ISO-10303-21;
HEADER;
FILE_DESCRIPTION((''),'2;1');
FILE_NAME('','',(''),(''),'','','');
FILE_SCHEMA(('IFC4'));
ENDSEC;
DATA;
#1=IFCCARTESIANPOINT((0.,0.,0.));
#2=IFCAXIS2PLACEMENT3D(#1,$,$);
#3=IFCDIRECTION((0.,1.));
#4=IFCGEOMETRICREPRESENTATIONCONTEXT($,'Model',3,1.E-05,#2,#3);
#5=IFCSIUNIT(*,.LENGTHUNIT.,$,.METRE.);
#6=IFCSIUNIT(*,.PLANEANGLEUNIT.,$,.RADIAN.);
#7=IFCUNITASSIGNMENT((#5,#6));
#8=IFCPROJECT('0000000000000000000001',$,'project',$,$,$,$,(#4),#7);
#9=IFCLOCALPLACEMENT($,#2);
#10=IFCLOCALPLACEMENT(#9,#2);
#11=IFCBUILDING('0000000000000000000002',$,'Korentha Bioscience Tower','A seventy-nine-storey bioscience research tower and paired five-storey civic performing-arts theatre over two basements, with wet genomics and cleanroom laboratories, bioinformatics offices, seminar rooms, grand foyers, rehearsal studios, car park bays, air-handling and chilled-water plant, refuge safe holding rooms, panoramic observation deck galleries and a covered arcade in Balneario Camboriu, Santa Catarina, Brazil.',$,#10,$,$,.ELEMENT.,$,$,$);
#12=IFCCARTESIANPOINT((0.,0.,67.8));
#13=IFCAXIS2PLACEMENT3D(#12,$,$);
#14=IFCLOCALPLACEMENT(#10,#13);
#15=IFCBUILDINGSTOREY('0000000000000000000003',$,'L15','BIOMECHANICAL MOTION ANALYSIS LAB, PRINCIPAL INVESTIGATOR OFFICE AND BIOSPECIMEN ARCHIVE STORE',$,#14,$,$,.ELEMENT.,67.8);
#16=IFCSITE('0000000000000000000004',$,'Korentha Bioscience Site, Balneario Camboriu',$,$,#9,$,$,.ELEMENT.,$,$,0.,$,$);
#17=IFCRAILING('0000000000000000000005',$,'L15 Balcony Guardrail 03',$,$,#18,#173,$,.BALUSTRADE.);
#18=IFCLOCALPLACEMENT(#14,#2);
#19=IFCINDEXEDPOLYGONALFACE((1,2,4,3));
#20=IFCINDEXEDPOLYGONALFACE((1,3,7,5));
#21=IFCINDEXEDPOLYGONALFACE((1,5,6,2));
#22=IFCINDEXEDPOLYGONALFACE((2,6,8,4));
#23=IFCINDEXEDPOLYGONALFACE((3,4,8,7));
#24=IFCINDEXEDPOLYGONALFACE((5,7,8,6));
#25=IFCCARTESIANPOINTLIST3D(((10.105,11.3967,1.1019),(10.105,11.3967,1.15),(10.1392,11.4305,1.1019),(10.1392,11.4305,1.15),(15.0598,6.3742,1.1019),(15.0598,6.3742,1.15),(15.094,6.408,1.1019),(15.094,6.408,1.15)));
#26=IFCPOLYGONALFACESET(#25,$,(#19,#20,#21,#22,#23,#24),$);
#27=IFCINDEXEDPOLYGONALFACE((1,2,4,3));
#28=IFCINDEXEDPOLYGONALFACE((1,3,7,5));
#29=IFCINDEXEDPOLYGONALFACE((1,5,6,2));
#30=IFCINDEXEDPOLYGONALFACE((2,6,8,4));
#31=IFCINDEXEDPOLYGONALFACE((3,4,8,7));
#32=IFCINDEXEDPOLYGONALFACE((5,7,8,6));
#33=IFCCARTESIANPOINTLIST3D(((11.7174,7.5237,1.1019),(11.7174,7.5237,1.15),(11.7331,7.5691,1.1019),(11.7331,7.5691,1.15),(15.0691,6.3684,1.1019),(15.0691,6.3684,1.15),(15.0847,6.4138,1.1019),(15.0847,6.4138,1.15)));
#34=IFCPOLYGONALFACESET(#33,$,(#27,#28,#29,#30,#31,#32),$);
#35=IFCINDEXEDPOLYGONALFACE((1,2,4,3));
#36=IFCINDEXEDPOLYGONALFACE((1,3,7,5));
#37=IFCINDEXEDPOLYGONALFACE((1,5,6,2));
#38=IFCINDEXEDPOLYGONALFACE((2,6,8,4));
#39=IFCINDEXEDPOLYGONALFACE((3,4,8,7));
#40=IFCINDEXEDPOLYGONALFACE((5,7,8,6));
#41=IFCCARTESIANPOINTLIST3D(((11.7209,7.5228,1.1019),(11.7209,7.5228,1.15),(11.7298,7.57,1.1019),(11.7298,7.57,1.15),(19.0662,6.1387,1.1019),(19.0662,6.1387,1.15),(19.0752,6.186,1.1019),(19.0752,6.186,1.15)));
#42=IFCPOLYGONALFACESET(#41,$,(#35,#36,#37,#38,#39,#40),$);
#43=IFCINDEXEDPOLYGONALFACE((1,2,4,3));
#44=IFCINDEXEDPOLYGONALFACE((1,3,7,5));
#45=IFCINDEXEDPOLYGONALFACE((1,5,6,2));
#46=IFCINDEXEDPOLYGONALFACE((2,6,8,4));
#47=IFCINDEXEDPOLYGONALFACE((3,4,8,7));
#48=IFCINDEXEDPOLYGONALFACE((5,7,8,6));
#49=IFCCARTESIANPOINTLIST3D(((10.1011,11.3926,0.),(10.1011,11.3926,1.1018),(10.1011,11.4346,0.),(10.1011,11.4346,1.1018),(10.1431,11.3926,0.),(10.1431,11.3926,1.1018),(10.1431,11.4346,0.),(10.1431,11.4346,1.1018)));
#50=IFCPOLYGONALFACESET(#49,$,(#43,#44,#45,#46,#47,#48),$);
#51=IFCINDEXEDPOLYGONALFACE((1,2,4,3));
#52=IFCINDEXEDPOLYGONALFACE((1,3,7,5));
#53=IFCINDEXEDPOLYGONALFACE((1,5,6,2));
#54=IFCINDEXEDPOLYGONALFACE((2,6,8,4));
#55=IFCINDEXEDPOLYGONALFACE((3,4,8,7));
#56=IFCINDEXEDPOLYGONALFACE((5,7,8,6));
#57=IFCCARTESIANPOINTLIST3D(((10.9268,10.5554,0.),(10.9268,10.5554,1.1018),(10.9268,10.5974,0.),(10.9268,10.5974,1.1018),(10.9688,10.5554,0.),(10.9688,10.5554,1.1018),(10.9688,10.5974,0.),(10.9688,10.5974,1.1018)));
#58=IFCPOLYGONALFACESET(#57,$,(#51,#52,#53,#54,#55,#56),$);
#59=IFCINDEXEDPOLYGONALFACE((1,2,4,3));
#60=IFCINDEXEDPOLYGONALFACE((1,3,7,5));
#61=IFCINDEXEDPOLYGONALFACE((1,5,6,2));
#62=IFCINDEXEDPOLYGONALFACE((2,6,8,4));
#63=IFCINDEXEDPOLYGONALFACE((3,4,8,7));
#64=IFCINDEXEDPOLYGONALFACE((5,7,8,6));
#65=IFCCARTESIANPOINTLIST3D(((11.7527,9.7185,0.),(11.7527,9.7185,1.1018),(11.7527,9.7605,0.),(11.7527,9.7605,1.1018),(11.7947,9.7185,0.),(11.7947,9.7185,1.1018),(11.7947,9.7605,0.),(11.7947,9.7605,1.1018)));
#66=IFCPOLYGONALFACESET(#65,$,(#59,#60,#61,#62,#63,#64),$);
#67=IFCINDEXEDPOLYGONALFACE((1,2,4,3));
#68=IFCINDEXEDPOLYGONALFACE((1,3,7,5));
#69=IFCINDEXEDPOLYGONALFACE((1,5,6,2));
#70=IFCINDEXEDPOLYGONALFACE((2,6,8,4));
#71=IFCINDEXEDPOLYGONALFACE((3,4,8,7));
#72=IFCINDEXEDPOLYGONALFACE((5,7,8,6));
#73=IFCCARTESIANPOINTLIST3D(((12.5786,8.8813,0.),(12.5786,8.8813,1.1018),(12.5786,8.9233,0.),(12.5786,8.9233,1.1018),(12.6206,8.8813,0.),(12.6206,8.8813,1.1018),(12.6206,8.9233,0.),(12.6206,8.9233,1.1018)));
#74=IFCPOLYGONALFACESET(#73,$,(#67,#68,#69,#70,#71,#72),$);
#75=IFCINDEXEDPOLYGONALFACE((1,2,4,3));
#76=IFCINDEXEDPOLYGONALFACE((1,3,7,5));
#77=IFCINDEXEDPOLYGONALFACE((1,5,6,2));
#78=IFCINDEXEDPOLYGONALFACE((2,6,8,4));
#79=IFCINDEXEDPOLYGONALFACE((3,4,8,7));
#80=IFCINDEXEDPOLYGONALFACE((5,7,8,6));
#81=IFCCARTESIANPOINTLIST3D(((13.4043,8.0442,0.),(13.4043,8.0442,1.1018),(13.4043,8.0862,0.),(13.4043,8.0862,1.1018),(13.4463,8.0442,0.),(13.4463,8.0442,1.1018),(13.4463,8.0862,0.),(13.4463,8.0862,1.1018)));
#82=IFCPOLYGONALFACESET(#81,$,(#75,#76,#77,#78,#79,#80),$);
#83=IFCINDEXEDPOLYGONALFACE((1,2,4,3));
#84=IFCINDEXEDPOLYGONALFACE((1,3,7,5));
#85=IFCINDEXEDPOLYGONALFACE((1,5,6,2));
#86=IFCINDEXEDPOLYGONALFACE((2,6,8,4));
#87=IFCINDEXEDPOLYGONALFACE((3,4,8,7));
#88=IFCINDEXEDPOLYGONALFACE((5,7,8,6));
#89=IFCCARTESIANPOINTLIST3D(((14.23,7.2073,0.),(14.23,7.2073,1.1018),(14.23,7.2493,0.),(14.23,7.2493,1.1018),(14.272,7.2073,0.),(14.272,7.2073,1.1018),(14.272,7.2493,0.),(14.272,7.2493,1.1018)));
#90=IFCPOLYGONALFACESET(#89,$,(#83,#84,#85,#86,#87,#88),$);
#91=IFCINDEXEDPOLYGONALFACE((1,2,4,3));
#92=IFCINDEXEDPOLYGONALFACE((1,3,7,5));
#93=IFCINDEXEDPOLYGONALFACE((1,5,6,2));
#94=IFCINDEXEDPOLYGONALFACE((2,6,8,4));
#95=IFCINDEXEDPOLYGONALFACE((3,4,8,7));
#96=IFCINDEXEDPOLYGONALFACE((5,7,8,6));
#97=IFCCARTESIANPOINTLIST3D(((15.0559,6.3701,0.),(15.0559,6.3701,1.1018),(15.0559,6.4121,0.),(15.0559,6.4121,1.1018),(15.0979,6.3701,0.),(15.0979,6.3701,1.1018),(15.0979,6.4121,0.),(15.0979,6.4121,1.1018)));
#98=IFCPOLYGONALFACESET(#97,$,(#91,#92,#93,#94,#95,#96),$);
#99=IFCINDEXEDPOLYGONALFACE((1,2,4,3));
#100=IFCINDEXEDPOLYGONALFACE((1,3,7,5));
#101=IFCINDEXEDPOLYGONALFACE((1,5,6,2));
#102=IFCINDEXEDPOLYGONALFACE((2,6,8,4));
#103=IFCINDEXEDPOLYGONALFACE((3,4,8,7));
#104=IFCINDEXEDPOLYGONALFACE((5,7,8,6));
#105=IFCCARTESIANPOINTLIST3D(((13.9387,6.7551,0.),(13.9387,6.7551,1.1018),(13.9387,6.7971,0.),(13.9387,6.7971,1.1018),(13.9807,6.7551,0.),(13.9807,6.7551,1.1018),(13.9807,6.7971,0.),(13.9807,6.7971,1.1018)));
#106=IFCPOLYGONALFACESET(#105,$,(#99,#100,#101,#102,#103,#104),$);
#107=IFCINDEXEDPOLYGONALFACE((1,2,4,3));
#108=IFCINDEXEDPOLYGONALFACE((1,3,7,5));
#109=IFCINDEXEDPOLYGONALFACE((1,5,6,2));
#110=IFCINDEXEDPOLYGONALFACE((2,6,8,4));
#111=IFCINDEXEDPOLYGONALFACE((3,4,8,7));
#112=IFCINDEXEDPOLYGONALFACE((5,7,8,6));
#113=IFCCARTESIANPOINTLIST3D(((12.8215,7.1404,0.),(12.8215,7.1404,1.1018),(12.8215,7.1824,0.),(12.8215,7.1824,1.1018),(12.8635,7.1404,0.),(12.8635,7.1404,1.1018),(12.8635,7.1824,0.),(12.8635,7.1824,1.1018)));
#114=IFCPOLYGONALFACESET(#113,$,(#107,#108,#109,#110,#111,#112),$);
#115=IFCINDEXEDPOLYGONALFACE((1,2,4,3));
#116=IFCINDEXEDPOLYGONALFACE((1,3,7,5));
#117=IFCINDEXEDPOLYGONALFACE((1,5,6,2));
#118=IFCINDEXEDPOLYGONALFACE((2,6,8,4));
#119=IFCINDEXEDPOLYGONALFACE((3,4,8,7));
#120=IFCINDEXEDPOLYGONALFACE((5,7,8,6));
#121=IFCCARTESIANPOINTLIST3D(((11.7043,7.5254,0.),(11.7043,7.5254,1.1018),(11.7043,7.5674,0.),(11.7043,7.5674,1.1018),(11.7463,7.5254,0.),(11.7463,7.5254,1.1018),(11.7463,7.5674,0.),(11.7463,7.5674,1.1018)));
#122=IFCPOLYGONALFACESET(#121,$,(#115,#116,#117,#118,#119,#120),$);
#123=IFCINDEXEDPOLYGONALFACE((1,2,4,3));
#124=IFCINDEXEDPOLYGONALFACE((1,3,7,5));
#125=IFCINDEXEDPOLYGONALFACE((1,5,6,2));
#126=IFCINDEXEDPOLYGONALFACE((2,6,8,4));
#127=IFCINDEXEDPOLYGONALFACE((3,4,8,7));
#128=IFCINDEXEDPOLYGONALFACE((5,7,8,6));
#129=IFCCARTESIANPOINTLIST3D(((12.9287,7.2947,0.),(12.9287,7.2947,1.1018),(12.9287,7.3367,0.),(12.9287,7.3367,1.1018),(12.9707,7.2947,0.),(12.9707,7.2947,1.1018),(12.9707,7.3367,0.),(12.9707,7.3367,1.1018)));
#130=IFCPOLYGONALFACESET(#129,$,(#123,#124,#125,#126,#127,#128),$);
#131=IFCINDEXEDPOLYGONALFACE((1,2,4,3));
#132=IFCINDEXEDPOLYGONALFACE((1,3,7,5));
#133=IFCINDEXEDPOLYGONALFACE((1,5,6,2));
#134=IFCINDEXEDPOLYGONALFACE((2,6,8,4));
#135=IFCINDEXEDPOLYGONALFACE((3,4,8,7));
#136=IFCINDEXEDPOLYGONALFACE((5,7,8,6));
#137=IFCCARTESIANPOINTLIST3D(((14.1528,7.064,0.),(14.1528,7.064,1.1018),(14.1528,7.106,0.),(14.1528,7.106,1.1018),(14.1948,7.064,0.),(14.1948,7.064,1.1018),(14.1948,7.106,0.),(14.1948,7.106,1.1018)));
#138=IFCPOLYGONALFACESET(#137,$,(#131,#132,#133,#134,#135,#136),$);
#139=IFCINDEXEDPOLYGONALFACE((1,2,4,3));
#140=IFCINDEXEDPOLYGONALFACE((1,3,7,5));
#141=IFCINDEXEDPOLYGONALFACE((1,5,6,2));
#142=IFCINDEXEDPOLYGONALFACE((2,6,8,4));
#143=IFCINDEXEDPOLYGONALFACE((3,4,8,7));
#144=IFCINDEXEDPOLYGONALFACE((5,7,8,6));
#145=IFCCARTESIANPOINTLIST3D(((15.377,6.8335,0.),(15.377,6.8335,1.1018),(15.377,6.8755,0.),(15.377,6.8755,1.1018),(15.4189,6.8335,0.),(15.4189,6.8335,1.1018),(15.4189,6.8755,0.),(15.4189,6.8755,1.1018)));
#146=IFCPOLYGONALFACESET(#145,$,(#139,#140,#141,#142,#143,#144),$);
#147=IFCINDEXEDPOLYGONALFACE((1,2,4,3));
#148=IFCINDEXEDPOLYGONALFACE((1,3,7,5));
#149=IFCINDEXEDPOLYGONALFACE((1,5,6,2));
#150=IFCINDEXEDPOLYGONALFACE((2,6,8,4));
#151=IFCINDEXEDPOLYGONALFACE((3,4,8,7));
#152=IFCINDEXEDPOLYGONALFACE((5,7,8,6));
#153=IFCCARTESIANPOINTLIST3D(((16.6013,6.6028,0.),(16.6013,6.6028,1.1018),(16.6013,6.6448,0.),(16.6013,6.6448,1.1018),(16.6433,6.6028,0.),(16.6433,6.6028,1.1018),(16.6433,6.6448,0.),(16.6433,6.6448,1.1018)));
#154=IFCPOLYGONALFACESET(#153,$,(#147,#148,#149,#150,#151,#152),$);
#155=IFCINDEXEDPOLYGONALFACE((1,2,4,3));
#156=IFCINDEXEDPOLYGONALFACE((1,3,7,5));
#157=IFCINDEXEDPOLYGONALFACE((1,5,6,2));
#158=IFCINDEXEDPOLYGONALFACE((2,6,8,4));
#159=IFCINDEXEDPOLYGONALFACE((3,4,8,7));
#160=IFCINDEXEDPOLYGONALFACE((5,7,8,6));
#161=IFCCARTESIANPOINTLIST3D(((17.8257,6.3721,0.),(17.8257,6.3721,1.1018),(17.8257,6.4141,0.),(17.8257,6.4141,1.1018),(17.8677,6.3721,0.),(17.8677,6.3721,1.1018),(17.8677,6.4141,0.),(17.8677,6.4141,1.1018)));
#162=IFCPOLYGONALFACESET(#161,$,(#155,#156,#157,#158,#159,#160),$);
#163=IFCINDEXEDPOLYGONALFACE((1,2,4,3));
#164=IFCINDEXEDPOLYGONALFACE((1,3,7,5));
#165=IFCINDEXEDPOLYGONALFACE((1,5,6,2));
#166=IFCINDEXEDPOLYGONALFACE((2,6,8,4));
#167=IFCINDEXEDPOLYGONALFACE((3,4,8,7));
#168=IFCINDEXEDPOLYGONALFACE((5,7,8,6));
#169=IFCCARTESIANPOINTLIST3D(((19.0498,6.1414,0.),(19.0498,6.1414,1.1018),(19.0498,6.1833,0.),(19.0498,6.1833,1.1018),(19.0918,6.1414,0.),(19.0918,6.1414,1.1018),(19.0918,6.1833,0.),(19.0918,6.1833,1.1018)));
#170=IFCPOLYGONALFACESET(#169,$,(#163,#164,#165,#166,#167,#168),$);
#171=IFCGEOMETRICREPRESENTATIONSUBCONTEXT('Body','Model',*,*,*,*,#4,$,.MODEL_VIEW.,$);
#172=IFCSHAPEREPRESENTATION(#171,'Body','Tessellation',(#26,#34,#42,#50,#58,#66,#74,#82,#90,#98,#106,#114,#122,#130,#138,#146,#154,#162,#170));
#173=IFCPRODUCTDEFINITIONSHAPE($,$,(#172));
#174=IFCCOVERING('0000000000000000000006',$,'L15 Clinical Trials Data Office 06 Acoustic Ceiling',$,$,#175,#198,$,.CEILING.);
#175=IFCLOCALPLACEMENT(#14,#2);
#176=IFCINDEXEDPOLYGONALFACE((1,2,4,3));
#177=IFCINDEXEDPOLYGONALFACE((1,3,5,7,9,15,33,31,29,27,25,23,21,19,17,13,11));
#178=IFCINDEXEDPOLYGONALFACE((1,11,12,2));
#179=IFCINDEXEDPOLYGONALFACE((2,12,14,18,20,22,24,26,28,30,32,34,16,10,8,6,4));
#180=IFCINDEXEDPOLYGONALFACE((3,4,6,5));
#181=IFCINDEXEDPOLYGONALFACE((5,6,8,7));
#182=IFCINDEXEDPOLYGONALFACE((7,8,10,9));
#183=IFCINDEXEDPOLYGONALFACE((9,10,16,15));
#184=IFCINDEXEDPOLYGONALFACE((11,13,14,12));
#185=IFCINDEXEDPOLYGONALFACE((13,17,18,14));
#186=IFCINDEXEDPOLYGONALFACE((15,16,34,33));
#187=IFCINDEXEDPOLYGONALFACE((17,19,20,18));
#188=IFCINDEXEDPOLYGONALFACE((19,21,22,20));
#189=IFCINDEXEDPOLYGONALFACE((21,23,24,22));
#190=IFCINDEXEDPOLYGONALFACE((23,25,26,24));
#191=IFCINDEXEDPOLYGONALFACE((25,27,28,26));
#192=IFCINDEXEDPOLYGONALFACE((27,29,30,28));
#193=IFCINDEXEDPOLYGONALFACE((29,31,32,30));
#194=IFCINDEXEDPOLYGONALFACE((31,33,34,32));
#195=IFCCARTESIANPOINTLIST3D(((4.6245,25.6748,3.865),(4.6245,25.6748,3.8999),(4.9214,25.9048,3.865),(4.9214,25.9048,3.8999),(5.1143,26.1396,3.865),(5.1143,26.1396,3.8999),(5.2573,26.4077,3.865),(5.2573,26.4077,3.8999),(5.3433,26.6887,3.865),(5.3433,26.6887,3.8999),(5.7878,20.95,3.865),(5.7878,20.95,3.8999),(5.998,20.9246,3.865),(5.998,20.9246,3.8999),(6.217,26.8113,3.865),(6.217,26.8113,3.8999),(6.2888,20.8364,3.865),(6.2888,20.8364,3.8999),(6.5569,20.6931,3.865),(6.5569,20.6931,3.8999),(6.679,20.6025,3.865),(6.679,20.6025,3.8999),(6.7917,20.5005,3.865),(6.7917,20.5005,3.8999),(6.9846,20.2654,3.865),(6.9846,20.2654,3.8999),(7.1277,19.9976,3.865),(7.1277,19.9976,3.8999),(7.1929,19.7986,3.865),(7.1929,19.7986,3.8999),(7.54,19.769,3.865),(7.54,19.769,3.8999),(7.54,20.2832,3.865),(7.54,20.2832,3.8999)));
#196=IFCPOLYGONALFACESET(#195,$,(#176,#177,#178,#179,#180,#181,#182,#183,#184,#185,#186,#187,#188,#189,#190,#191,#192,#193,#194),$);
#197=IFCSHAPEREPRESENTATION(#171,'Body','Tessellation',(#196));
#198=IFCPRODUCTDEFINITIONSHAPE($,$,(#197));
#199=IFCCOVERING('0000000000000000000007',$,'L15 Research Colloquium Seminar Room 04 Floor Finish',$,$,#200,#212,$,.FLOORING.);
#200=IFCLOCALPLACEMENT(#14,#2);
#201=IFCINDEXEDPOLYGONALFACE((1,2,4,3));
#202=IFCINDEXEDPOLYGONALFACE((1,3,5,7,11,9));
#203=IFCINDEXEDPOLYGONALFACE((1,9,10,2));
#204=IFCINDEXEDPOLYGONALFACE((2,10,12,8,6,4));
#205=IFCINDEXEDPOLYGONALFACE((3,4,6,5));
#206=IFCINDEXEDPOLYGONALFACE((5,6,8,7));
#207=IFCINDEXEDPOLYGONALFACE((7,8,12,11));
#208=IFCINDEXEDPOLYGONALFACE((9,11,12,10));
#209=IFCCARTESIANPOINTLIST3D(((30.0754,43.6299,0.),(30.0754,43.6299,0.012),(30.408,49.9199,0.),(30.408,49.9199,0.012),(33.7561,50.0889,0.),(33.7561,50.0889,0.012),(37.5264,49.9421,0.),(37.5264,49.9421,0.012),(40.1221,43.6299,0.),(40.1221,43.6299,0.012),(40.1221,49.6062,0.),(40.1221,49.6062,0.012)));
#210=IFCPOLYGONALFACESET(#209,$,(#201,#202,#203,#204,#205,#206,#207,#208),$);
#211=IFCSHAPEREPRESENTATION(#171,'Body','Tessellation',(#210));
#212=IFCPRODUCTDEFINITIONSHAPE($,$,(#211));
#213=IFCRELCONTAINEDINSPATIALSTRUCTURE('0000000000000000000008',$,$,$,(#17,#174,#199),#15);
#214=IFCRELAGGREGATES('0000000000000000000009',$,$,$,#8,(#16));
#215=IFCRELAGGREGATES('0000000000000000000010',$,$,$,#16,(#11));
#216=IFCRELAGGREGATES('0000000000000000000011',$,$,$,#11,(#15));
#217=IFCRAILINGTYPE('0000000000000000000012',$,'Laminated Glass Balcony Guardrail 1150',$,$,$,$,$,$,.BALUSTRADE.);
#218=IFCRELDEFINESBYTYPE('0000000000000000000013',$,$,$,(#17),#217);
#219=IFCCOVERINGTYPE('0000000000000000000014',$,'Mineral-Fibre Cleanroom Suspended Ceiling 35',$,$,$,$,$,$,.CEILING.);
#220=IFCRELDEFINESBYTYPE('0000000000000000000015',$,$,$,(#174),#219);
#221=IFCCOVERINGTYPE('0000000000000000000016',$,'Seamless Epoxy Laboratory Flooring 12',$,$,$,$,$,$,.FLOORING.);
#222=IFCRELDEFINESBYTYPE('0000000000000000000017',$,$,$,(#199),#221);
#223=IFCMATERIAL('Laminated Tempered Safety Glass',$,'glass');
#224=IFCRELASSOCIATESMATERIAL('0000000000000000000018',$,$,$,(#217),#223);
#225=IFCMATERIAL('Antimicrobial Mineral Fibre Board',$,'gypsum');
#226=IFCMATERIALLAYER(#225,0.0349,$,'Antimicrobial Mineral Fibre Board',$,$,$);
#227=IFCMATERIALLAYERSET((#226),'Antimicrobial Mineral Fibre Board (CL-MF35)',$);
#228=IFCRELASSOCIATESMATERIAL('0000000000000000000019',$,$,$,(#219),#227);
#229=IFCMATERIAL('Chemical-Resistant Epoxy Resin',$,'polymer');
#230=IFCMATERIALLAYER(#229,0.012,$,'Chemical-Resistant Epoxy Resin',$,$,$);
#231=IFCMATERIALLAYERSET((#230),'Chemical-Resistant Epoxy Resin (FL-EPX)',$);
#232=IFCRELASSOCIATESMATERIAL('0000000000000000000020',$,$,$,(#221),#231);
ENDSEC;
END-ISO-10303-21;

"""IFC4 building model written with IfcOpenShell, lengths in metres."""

from ifc_helpers import new_model, si_unit, direction, frame, origin, origin_2d, place, context, subcontext, project, spatial, polyline, rectangle, outline, extrude, material, layer, layer_set, type_object, element, save


model = new_model("IFC4")

# Units and contexts
model_context = context("Model", 3, precision=1e-05, world=origin(), true_north=direction((0.0, 1.0)))
body_context = subcontext(model_context, "Body", "Model", "MODEL_VIEW")
ifc_project = project(units=[si_unit("LENGTHUNIT", "METRE"), si_unit("PLANEANGLEUNIT", "RADIAN")], contexts=[model_context])

# Site, building, storey
site_placement = place(None, origin())
site = spatial("IfcSite", under=ifc_project, at=site_placement, Name="Korentha Bioscience Site, Balneario Camboriu", CompositionType="ELEMENT", RefElevation=0.0)
building_placement = place(site_placement, origin())
building = spatial("IfcBuilding", under=site, at=building_placement, Name="Korentha Bioscience Tower", Description="A seventy-nine-storey bioscience research tower and paired five-storey civic performing-arts theatre over two basements, with wet genomics and cleanroom laboratories, bioinformatics offices, seminar rooms, grand foyers, rehearsal studios, car park bays, air-handling and chilled-water plant, refuge safe holding rooms, panoramic observation deck galleries and a covered arcade in Balneario Camboriu, Santa Catarina, Brazil.", CompositionType="ELEMENT")
storey_placement = place(building_placement, frame((0.0, 0.0, 67.8)))
storey = spatial("IfcBuildingStorey", under=building, at=storey_placement, Name="L15", Description="BIOMECHANICAL MOTION ANALYSIS LAB, PRINCIPAL INVESTIGATOR OFFICE AND BIOSPECIMEN ARCHIVE STORE", CompositionType="ELEMENT", Elevation=67.8)

# Railing
ifc_material_1 = material(Name="Laminated Tempered Safety Glass", Category="glass")
railing_type = type_object("IfcRailingType", Name="Laminated Glass Balcony Guardrail 1150", PredefinedType="BALUSTRADE", material=ifc_material_1)
railing_placement = place(storey_placement, frame((10.1221, 11.4136, 0.0)))
element("IfcRailing", 1, at=railing_placement, inside=storey, type_object=railing_type, Name="L15 Balcony Guardrail 03", PredefinedType="BALUSTRADE", context=body_context, shape_type="SweptSolid", body=[
    extrude(rectangle(XDim=0.0481, YDim=0.0481, at=origin_2d()), frame((0.0, 0.0, 1.126), z_axis=(0.702298, -0.711883, 0.0), x_axis=(0.711883, 0.702298, 0.0)), (0.0, 0.0, 1.0), 7.0552),
    extrude(rectangle(XDim=0.0481, YDim=0.0481, at=origin_2d()), frame((4.9548, -5.0225, 1.126), z_axis=(-0.945411, 0.32588, 0.0), x_axis=(-0.32588, -0.945411, 0.0)), (0.0, 0.0, 1.0), 3.5452),
    extrude(rectangle(XDim=0.0481, YDim=0.0481, at=origin_2d()), frame((1.6033, -3.8672, 1.126), z_axis=(0.982708, -0.185162, 0.0), x_axis=(0.185162, 0.982708, 0.0)), (0.0, 0.0, 1.0), 7.4746),
    extrude(rectangle(XDim=0.042, YDim=0.042, at=origin_2d()), origin(), (0.0, 0.0, 1.0), 1.1018),
    extrude(rectangle(XDim=0.042, YDim=0.042, at=origin_2d()), frame((0.8257, -0.8372, 0.0)), (0.0, 0.0, 1.0), 1.1018),
    extrude(rectangle(XDim=0.042, YDim=0.042, at=origin_2d()), frame((1.6516, -1.6741, 0.0)), (0.0, 0.0, 1.0), 1.1018),
    extrude(rectangle(XDim=0.042, YDim=0.042, at=origin_2d()), frame((2.4775, -2.5112, 0.0)), (0.0, 0.0, 1.0), 1.1018),
    extrude(rectangle(XDim=0.042, YDim=0.042, at=origin_2d()), frame((3.3032, -3.3484, 0.0)), (0.0, 0.0, 1.0), 1.1018),
    extrude(rectangle(XDim=0.042, YDim=0.042, at=origin_2d()), frame((4.1289, -4.1853, 0.0)), (0.0, 0.0, 1.0), 1.1018),
    extrude(rectangle(XDim=0.042, YDim=0.042, at=origin_2d()), frame((4.9548, -5.0225, 0.0)), (0.0, 0.0, 1.0), 1.1018),
    extrude(rectangle(XDim=0.042, YDim=0.042, at=origin_2d()), frame((3.8376, -4.6375, 0.0)), (0.0, 0.0, 1.0), 1.1018),
    extrude(rectangle(XDim=0.042, YDim=0.042, at=origin_2d()), frame((2.7205, -4.2522, 0.0)), (0.0, 0.0, 1.0), 1.1018),
    extrude(rectangle(XDim=0.042, YDim=0.042, at=origin_2d()), frame((1.6033, -3.8672, 0.0)), (0.0, 0.0, 1.0), 1.1018),
    extrude(rectangle(XDim=0.042, YDim=0.042, at=origin_2d()), frame((2.8276, -4.0979, 0.0)), (0.0, 0.0, 1.0), 1.1018),
    extrude(rectangle(XDim=0.042, YDim=0.042, at=origin_2d()), frame((4.0518, -4.3286, 0.0)), (0.0, 0.0, 1.0), 1.1018),
    extrude(rectangle(XDim=0.042, YDim=0.042, at=origin_2d()), frame((5.2759, -4.5591, 0.0)), (0.0, 0.0, 1.0), 1.1018),
    extrude(rectangle(XDim=0.042, YDim=0.042, at=origin_2d()), frame((6.5002, -4.7898, 0.0)), (0.0, 0.0, 1.0), 1.1018),
    extrude(rectangle(XDim=0.042, YDim=0.042, at=origin_2d()), frame((7.7246, -5.0205, 0.0)), (0.0, 0.0, 1.0), 1.1018),
    extrude(rectangle(XDim=0.042, YDim=0.042, at=origin_2d()), frame((8.9487, -5.2512, 0.0)), (0.0, 0.0, 1.0), 1.1018),
])

# Coverings
ifc_material_2 = material(Name="Antimicrobial Mineral Fibre Board", Category="gypsum")
ifc_layer_1 = layer(ifc_material_2, 0.0349, Name="Antimicrobial Mineral Fibre Board")
ifc_layer_set_1 = layer_set([ifc_layer_1], Name="Antimicrobial Mineral Fibre Board (CL-MF35)")
covering_type_1 = type_object("IfcCoveringType", Name="Mineral-Fibre Cleanroom Suspended Ceiling 35", PredefinedType="CEILING", material=ifc_layer_set_1)
covering_1_placement = place(storey_placement, frame((0.0, 0.0, 3.865)))
element("IfcCovering", 2, at=covering_1_placement, inside=storey, type_object=covering_type_1, Name="L15 Clinical Trials Data Office 06 Acoustic Ceiling", PredefinedType="CEILING", context=body_context, shape_type="SweptSolid", body=[
    extrude(outline(polyline([(7.1929, 19.7986), (7.1277, 19.9976), (6.9846, 20.2654), (6.7917, 20.5005), (6.679, 20.6025), (6.5569, 20.6931), (6.2888, 20.8364), (5.998, 20.9246), (5.7878, 20.95), (4.6245, 25.6748), (4.9214, 25.9048), (5.1143, 26.1396), (5.2573, 26.4077), (5.3433, 26.6887), (6.217, 26.8113), (7.54, 20.2832), (7.54, 19.769), (7.1929, 19.7986)])), origin(), (0.0, 0.0, 1.0), 0.0349),
])
ifc_material_3 = material(Name="Chemical-Resistant Epoxy Resin", Category="polymer")
ifc_layer_2 = layer(ifc_material_3, 0.012, Name="Chemical-Resistant Epoxy Resin")
ifc_layer_set_2 = layer_set([ifc_layer_2], Name="Chemical-Resistant Epoxy Resin (FL-EPX)")
covering_type_2 = type_object("IfcCoveringType", Name="Seamless Epoxy Laboratory Flooring 12", PredefinedType="FLOORING", material=ifc_layer_set_2)
covering_2_placement = place(storey_placement, origin())
element("IfcCovering", 3, at=covering_2_placement, inside=storey, type_object=covering_type_2, Name="L15 Research Colloquium Seminar Room 04 Floor Finish", PredefinedType="FLOORING", context=body_context, shape_type="SweptSolid", body=[
    extrude(outline(polyline([(33.7561, 50.0889), (37.5264, 49.9421), (40.1221, 49.6062), (40.1221, 43.6299), (30.0754, 43.6299), (30.408, 49.9199), (33.7561, 50.0889)])), origin(), (0.0, 0.0, 1.0), 0.012),
])

save(model, "model.ifc")
